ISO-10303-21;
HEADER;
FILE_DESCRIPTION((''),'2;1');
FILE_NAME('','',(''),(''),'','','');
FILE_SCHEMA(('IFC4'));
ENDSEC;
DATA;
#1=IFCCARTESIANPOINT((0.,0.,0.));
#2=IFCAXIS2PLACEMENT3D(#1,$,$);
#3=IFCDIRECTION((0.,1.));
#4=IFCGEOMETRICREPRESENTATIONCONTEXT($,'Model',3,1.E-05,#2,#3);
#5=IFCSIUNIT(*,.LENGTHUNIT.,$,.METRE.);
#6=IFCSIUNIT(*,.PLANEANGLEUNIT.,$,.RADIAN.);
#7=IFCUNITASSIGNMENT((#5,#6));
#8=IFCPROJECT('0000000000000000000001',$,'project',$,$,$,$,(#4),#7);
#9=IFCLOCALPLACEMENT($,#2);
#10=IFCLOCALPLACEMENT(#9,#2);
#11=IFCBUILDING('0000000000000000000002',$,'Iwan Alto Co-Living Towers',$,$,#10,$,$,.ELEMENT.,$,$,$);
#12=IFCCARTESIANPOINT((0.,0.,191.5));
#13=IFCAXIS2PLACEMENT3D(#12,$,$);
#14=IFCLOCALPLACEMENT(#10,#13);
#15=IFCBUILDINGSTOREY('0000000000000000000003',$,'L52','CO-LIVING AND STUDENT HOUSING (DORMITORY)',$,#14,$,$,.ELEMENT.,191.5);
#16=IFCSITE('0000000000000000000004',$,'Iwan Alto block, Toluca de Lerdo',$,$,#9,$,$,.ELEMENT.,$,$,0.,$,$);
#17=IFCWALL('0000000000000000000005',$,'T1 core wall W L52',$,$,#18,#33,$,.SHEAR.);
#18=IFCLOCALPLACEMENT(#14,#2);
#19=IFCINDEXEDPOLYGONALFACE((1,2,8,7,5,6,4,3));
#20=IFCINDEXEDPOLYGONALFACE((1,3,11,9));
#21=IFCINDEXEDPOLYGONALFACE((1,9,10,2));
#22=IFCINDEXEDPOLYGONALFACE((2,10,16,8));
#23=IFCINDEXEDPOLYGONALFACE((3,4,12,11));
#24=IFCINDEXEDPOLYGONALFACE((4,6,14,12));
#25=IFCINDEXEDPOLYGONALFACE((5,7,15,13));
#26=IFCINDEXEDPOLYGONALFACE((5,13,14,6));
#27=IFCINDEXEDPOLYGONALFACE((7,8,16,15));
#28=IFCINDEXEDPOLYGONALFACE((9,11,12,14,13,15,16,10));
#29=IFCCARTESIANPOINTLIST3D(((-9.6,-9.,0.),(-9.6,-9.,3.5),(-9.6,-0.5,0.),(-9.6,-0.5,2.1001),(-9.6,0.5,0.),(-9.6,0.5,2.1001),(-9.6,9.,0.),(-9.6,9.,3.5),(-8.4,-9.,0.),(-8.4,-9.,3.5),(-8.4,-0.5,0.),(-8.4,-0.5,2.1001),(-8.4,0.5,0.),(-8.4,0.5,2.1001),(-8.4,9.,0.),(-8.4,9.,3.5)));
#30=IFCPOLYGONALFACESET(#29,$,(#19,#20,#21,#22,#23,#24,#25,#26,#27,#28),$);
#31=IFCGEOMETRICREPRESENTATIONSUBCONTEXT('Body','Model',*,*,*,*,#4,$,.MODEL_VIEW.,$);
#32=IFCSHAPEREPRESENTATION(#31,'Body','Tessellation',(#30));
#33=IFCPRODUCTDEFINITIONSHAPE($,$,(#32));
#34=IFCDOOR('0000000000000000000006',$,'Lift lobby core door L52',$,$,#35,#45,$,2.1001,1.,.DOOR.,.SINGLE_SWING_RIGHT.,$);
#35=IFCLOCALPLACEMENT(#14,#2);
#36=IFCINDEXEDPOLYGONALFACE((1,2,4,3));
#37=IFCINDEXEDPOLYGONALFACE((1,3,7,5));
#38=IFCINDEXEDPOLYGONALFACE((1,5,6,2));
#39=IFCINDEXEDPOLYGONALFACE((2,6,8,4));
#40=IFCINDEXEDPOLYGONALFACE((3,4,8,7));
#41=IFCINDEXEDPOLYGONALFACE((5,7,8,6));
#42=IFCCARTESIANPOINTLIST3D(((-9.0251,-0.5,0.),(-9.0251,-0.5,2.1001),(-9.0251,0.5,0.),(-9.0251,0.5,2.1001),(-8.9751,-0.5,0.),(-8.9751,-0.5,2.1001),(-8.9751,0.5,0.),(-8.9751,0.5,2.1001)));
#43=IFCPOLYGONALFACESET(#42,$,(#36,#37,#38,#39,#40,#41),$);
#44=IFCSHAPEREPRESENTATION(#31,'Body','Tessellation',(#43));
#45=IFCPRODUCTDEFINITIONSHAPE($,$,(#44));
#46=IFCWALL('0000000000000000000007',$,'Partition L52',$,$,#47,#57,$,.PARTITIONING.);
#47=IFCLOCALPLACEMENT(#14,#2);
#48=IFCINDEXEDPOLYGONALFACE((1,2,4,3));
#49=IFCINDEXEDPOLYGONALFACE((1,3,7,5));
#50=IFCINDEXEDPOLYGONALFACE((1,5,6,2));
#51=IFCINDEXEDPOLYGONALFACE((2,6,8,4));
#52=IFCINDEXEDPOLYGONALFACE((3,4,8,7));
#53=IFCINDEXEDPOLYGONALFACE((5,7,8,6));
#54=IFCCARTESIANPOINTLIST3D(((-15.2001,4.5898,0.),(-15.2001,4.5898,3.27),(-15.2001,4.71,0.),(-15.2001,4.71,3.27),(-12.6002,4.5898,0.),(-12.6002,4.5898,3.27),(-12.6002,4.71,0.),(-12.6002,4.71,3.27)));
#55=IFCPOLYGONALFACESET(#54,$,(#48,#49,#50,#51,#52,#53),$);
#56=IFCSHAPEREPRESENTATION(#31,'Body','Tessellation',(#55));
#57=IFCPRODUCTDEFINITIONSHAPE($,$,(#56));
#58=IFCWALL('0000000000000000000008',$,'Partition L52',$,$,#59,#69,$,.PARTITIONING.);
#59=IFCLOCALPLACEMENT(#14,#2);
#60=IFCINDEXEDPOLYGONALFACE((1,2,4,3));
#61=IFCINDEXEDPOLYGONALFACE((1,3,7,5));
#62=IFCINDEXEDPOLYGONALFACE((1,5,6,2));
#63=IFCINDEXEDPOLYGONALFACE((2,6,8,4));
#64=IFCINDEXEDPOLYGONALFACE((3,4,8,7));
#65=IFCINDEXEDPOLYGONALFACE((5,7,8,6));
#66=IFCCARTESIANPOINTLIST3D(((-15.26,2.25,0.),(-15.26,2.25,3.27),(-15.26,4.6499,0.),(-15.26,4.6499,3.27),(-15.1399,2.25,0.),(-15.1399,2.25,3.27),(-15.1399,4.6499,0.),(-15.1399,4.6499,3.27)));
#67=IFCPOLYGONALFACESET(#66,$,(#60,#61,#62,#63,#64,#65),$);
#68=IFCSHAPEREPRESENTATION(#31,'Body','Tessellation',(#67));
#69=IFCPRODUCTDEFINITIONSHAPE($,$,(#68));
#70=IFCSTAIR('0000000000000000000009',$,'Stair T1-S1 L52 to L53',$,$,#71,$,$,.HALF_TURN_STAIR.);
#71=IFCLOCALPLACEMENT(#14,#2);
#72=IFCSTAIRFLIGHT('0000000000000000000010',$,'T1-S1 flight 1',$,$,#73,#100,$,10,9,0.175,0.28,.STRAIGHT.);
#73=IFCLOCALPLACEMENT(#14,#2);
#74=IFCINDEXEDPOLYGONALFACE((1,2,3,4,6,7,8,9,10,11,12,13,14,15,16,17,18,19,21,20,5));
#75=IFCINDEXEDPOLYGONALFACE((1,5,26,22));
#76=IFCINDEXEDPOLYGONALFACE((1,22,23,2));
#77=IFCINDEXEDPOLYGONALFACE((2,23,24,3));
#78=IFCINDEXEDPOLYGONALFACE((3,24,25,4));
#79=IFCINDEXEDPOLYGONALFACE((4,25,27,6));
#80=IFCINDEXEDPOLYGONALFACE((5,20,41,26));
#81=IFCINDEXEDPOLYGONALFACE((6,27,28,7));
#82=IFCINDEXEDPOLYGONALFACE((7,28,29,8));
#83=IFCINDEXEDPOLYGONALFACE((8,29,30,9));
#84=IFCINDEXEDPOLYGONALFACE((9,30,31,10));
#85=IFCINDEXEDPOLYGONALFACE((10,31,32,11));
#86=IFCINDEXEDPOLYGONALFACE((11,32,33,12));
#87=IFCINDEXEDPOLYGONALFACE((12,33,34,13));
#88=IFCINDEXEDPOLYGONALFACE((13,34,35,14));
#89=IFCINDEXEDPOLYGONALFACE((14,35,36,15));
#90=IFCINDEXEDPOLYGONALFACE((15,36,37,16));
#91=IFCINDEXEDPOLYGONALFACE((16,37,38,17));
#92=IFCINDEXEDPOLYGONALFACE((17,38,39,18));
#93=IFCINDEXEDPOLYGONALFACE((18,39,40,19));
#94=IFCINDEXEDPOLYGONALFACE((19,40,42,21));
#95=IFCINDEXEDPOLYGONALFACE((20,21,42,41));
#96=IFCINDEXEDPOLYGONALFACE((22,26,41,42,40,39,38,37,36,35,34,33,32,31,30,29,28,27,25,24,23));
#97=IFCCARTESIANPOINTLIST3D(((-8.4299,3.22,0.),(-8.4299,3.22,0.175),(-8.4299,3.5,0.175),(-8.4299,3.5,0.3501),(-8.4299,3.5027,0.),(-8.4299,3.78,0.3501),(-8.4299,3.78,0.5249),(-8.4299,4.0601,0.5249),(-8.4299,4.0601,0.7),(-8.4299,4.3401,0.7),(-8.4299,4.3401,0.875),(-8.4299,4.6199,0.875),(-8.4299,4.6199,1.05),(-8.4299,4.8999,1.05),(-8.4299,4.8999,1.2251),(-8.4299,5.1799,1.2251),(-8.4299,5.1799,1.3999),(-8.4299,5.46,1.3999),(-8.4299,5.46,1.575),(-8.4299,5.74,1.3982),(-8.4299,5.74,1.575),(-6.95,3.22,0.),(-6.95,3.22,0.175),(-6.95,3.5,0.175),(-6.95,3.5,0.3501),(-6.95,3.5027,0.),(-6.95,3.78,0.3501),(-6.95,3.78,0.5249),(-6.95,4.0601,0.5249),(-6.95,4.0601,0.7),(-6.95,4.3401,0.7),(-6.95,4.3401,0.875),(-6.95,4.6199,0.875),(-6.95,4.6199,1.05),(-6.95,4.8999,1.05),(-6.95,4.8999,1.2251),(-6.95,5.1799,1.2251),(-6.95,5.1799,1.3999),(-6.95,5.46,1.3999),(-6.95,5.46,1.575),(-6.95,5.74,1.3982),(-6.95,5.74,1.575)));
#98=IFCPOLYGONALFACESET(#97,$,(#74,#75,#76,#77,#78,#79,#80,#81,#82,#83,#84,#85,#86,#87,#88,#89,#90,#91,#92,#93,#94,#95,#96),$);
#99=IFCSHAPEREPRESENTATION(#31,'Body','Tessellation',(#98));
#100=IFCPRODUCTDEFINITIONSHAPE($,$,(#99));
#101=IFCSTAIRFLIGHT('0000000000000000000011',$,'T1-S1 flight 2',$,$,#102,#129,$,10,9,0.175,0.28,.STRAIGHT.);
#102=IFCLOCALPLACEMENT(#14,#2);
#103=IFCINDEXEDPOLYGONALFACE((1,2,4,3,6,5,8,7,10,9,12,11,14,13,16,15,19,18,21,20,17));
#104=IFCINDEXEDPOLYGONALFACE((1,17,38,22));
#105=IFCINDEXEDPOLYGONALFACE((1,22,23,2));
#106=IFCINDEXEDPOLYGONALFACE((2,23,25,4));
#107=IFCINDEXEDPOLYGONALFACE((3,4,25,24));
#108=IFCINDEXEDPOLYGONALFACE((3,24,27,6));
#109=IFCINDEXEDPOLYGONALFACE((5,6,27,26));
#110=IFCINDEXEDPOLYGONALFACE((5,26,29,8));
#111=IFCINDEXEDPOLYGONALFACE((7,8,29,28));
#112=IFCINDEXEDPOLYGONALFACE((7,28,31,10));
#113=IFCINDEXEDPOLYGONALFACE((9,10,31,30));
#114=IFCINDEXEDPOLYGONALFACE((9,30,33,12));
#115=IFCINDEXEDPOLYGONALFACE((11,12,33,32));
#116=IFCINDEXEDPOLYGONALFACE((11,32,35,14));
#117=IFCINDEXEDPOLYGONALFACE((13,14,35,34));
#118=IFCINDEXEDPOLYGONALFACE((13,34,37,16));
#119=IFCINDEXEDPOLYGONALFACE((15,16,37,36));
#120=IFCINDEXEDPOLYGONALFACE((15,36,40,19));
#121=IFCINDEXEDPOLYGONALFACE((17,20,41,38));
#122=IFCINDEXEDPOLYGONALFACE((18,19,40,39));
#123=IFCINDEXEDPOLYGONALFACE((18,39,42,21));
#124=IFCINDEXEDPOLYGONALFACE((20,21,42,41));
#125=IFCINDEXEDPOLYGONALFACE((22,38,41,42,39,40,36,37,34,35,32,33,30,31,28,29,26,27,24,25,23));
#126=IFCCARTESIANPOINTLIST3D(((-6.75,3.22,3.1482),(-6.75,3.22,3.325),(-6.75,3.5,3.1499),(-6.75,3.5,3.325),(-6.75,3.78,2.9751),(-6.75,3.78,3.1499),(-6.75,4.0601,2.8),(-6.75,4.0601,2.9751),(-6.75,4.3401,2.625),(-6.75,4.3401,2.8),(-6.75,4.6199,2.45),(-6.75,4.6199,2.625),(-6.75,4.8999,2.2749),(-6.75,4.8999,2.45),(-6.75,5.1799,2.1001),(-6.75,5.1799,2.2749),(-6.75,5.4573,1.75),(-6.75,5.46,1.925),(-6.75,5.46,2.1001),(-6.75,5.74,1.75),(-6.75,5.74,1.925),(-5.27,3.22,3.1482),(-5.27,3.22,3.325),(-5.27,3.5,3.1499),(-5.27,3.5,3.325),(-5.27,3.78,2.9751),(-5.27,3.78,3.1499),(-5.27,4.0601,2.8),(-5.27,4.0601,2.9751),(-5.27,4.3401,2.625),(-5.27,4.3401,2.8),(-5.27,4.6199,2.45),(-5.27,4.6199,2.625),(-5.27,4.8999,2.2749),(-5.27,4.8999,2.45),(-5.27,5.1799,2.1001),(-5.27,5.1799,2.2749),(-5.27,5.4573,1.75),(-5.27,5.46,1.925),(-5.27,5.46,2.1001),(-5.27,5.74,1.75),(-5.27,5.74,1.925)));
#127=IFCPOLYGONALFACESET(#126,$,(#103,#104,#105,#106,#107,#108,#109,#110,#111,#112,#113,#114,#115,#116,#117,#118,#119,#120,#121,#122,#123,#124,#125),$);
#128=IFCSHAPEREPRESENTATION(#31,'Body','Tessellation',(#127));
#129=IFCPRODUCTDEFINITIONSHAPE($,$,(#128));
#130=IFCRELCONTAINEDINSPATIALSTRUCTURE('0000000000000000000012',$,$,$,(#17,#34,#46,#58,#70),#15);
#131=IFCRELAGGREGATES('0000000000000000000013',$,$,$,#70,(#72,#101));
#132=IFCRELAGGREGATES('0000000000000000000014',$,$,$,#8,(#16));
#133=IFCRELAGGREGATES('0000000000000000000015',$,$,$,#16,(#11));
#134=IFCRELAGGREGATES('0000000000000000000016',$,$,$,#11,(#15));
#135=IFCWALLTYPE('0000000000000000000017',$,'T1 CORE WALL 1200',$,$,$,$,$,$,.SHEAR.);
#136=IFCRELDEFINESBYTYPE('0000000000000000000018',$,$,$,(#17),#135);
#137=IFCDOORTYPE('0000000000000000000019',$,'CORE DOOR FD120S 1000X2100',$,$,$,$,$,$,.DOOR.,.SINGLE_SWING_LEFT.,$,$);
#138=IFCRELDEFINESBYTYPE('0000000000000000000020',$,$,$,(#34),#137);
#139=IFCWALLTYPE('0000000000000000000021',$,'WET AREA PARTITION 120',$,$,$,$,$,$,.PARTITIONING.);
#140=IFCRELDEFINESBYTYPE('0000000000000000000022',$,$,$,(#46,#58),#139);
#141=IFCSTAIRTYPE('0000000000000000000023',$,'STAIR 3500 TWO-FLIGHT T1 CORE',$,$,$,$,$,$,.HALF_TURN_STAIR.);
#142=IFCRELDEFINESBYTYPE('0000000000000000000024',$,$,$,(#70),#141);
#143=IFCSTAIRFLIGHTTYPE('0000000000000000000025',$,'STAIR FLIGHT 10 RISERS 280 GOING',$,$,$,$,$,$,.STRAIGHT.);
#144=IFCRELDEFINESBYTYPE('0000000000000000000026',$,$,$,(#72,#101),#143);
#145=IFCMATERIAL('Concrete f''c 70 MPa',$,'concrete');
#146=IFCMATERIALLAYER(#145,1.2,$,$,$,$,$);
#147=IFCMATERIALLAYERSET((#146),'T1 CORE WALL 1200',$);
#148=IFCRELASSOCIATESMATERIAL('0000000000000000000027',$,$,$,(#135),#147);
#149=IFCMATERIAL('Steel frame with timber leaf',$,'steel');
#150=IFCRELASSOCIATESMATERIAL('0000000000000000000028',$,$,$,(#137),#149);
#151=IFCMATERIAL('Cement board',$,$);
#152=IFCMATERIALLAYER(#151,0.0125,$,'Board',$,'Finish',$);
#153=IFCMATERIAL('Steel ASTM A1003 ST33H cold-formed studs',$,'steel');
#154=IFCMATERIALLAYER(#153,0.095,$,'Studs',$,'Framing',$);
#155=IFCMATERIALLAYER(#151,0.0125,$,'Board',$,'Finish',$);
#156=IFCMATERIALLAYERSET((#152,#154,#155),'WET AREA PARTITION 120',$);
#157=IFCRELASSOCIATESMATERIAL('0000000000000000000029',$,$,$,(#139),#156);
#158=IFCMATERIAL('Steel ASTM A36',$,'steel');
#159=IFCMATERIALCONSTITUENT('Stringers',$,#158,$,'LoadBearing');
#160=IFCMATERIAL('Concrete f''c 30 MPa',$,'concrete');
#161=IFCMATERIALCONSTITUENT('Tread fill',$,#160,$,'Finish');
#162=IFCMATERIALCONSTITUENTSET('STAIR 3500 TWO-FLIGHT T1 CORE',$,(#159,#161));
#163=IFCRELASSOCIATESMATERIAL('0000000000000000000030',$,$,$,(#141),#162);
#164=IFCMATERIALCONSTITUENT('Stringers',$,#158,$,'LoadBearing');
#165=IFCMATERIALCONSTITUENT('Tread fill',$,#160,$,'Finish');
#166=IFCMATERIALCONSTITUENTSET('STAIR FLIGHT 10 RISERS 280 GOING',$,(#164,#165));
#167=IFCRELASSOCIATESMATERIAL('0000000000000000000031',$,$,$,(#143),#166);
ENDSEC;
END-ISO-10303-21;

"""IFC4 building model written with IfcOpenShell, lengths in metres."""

from ifc_helpers import new_model, si_unit, direction, frame, frame_2d, origin, place, context, subcontext, project, spatial, polyline, rectangle, outline, extrude, material, layer, layer_set, constituent, constituent_set, type_object, element, fill, aggregate, save


model = new_model("IFC4")

# Units and contexts
model_context = context("Model", 3, precision=1e-05, world=origin(), true_north=direction((0.0, 1.0)))
body_context = subcontext(model_context, "Body", "Model", "MODEL_VIEW")
ifc_project = project(units=[si_unit("LENGTHUNIT", "METRE"), si_unit("PLANEANGLEUNIT", "RADIAN")], contexts=[model_context])

# Site, building, storey
site_placement = place(None, origin())
site = spatial("IfcSite", under=ifc_project, at=site_placement, Name="Iwan Alto block, Toluca de Lerdo", CompositionType="ELEMENT", RefElevation=0.0)
building_placement = place(site_placement, origin())
building = spatial("IfcBuilding", under=site, at=building_placement, Name="Iwan Alto Co-Living Towers", CompositionType="ELEMENT")
storey_placement = place(building_placement, frame((0.0, 0.0, 191.5)))
storey = spatial("IfcBuildingStorey", under=building, at=storey_placement, Name="L52", Description="CO-LIVING AND STUDENT HOUSING (DORMITORY)", CompositionType="ELEMENT", Elevation=191.5)

# Shared definitions
ifc_material_1 = material(Name="Steel ASTM A1003 ST33H cold-formed studs", Category="steel")

# Wall, opening, door
ifc_material_2 = material(Name="Concrete f'c 70 MPa", Category="concrete")
ifc_layer_1 = layer(ifc_material_2, 1.2)
ifc_layer_set_1 = layer_set([ifc_layer_1], Name="T1 CORE WALL 1200")
wall_type_1 = type_object("IfcWallType", Name="T1 CORE WALL 1200", PredefinedType="SHEAR", material=ifc_layer_set_1)
wall_1_placement = place(storey_placement, frame((-9.0, 9.0, 0.0), z_axis=(0.0, 0.0, 1.0), x_axis=(0.0, -1.0, 0.0)))
wall_1 = element("IfcWall", 1, at=wall_1_placement, inside=storey, type_object=wall_type_1, Name="T1 core wall W L52", PredefinedType="SHEAR", context=body_context, shape_type="SweptSolid", body=[
    extrude(rectangle(XDim=18.0, YDim=1.2, at=frame_2d((9.0, 0.0))), origin(), (0.0, 0.0, 1.0), 3.5),
])
opening_1_placement = place(wall_1_placement, frame((8.5, 0.0, 0.0)))
opening_1 = element("IfcOpeningElement", 2, at=opening_1_placement, cuts=wall_1, PredefinedType="OPENING", context=body_context, shape_type="SweptSolid", body=[
    extrude(rectangle(XDim=1.0, YDim=2.1001, at=frame_2d((0.5, 1.05))), frame((0.0, 0.6099, 0.0), z_axis=(0.0, -1.0, 0.0), x_axis=(1.0, 0.0, 0.0)), (0.0, 0.0, 1.0), 1.22),
])
ifc_material_3 = material(Name="Steel frame with timber leaf", Category="steel")
door_type_1 = type_object("IfcDoorType", Name="CORE DOOR FD120S 1000X2100", OperationType="SINGLE_SWING_LEFT", PredefinedType="DOOR", material=ifc_material_3)
door_1_placement = place(opening_1_placement, origin())
door_1 = element("IfcDoor", 3, at=door_1_placement, inside=storey, type_object=door_type_1, Name="Lift lobby core door L52", OperationType="SINGLE_SWING_RIGHT", OverallHeight=2.1001, OverallWidth=1.0, PredefinedType="DOOR", context=body_context, shape_type="SweptSolid", body=[
    extrude(rectangle(XDim=1.0, YDim=2.1001, at=frame_2d((0.5, 1.05))), frame((0.0, 0.0249, 0.0), z_axis=(0.0, -1.0, 0.0), x_axis=(1.0, 0.0, 0.0)), (0.0, 0.0, 1.0), 0.05),
])
fill(opening_1, door_1)

# Walls
ifc_material_4 = material(Name="Cement board")
ifc_layer_2 = layer(ifc_material_4, 0.0125, Name="Board", Category="Finish")
ifc_layer_3 = layer(ifc_material_1, 0.095, Name="Studs", Category="Framing")
ifc_layer_4 = layer(ifc_material_4, 0.0125, Name="Board", Category="Finish")
ifc_layer_set_2 = layer_set([ifc_layer_2, ifc_layer_3, ifc_layer_4], Name="WET AREA PARTITION 120")
wall_type_2 = type_object("IfcWallType", Name="WET AREA PARTITION 120", PredefinedType="PARTITIONING", material=ifc_layer_set_2)
wall_2_placement = place(storey_placement, frame((-15.2, 4.6499, 0.0), z_axis=(0.0, 0.0, 1.0), x_axis=(1.0, 0.0, 0.0)))
element("IfcWall", 4, at=wall_2_placement, inside=storey, type_object=wall_type_2, Name="Partition L52", PredefinedType="PARTITIONING", context=body_context, shape_type="SweptSolid", body=[
    extrude(rectangle(XDim=2.5999, YDim=0.1201, at=frame_2d((1.2998, 0.0))), origin(), (0.0, 0.0, 1.0), 3.27),
])
wall_3_placement = place(storey_placement, frame((-15.2, 2.25, 0.0), z_axis=(0.0, 0.0, 1.0), x_axis=(0.0, 1.0, 0.0)))
element("IfcWall", 5, at=wall_3_placement, inside=storey, type_object=wall_type_2, Name="Partition L52", PredefinedType="PARTITIONING", context=body_context, shape_type="SweptSolid", body=[
    extrude(rectangle(XDim=2.3999, YDim=0.1201, at=frame_2d((1.2, 0.0))), origin(), (0.0, 0.0, 1.0), 3.27),
])

# Stair, stair flights
ifc_material_5 = material(Name="Steel ASTM A36", Category="steel")
ifc_constituent_1 = constituent(ifc_material_5, Name="Stringers", Category="LoadBearing")
ifc_material_6 = material(Name="Concrete f'c 30 MPa", Category="concrete")
ifc_constituent_2 = constituent(ifc_material_6, Name="Tread fill", Category="Finish")
ifc_constituent_set_1 = constituent_set(constituents=[ifc_constituent_1, ifc_constituent_2], Name="STAIR 3500 TWO-FLIGHT T1 CORE")
stair_type = type_object("IfcStairType", Name="STAIR 3500 TWO-FLIGHT T1 CORE", PredefinedType="HALF_TURN_STAIR", material=ifc_constituent_set_1)
stair_placement = place(storey_placement, origin())
stair = element("IfcStair", 6, at=stair_placement, inside=storey, type_object=stair_type, Name="Stair T1-S1 L52 to L53", PredefinedType="HALF_TURN_STAIR")
ifc_constituent_3 = constituent(ifc_material_5, Name="Stringers", Category="LoadBearing")
ifc_constituent_4 = constituent(ifc_material_6, Name="Tread fill", Category="Finish")
ifc_constituent_set_2 = constituent_set(constituents=[ifc_constituent_3, ifc_constituent_4], Name="STAIR FLIGHT 10 RISERS 280 GOING")
stair_flight_type = type_object("IfcStairFlightType", Name="STAIR FLIGHT 10 RISERS 280 GOING", PredefinedType="STRAIGHT", material=ifc_constituent_set_2)
stair_flight_1_placement = place(storey_placement, frame((-7.6899, 3.22, 0.0), z_axis=(0.0, 0.0, 1.0), x_axis=(0.0, 1.0, 0.0)))
stair_flight_1 = element("IfcStairFlight", 7, at=stair_flight_1_placement, type_object=stair_flight_type, Name="T1-S1 flight 1", NumberOfRisers=10, NumberOfTreads=9, PredefinedType="STRAIGHT", RiserHeight=0.175, TreadLength=0.28, context=body_context, shape_type="SweptSolid", body=[
    extrude(outline(polyline([(0.0, 0.0), (0.0, 0.175), (0.28, 0.175), (0.28, 0.3501), (0.5601, 0.3501), (0.5601, 0.5249), (0.8401, 0.5249), (0.8401, 0.7), (1.1201, 0.7), (1.1201, 0.875), (1.3999, 0.875), (1.3999, 1.05), (1.6799, 1.05), (1.6799, 1.2251), (1.96, 1.2251), (1.96, 1.3999), (2.24, 1.3999), (2.24, 1.575), (2.52, 1.575), (2.52, 1.75), (2.52, 1.3982), (0.2827, 0.0), (0.0, 0.0)])), frame((0.0, 0.74, 0.0), z_axis=(0.0, -1.0, 0.0), x_axis=(1.0, 0.0, 0.0)), (0.0, 0.0, 1.0), 1.48),
])
stair_flight_2_placement = place(storey_placement, frame((-6.01, 5.74, 1.75), z_axis=(0.0, 0.0, 1.0), x_axis=(0.0, -1.0, 0.0)))
stair_flight_2 = element("IfcStairFlight", 8, at=stair_flight_2_placement, type_object=stair_flight_type, Name="T1-S1 flight 2", NumberOfRisers=10, NumberOfTreads=9, PredefinedType="STRAIGHT", RiserHeight=0.175, TreadLength=0.28, context=body_context, shape_type="SweptSolid", body=[
    extrude(outline(polyline([(0.0, 0.0), (0.0, 0.175), (0.28, 0.175), (0.28, 0.3501), (0.5601, 0.3501), (0.5601, 0.5249), (0.8401, 0.5249), (0.8401, 0.7), (1.1201, 0.7), (1.1201, 0.875), (1.3999, 0.875), (1.3999, 1.05), (1.6799, 1.05), (1.6799, 1.2251), (1.96, 1.2251), (1.96, 1.3999), (2.24, 1.3999), (2.24, 1.575), (2.52, 1.575), (2.52, 1.75), (2.52, 1.3982), (0.2827, 0.0), (0.0, 0.0)])), frame((0.0, 0.74, 0.0), z_axis=(0.0, -1.0, 0.0), x_axis=(1.0, 0.0, 0.0)), (0.0, 0.0, 1.0), 1.48),
])
aggregate(stair, [stair_flight_1, stair_flight_2])

save(model, "model.ifc")
